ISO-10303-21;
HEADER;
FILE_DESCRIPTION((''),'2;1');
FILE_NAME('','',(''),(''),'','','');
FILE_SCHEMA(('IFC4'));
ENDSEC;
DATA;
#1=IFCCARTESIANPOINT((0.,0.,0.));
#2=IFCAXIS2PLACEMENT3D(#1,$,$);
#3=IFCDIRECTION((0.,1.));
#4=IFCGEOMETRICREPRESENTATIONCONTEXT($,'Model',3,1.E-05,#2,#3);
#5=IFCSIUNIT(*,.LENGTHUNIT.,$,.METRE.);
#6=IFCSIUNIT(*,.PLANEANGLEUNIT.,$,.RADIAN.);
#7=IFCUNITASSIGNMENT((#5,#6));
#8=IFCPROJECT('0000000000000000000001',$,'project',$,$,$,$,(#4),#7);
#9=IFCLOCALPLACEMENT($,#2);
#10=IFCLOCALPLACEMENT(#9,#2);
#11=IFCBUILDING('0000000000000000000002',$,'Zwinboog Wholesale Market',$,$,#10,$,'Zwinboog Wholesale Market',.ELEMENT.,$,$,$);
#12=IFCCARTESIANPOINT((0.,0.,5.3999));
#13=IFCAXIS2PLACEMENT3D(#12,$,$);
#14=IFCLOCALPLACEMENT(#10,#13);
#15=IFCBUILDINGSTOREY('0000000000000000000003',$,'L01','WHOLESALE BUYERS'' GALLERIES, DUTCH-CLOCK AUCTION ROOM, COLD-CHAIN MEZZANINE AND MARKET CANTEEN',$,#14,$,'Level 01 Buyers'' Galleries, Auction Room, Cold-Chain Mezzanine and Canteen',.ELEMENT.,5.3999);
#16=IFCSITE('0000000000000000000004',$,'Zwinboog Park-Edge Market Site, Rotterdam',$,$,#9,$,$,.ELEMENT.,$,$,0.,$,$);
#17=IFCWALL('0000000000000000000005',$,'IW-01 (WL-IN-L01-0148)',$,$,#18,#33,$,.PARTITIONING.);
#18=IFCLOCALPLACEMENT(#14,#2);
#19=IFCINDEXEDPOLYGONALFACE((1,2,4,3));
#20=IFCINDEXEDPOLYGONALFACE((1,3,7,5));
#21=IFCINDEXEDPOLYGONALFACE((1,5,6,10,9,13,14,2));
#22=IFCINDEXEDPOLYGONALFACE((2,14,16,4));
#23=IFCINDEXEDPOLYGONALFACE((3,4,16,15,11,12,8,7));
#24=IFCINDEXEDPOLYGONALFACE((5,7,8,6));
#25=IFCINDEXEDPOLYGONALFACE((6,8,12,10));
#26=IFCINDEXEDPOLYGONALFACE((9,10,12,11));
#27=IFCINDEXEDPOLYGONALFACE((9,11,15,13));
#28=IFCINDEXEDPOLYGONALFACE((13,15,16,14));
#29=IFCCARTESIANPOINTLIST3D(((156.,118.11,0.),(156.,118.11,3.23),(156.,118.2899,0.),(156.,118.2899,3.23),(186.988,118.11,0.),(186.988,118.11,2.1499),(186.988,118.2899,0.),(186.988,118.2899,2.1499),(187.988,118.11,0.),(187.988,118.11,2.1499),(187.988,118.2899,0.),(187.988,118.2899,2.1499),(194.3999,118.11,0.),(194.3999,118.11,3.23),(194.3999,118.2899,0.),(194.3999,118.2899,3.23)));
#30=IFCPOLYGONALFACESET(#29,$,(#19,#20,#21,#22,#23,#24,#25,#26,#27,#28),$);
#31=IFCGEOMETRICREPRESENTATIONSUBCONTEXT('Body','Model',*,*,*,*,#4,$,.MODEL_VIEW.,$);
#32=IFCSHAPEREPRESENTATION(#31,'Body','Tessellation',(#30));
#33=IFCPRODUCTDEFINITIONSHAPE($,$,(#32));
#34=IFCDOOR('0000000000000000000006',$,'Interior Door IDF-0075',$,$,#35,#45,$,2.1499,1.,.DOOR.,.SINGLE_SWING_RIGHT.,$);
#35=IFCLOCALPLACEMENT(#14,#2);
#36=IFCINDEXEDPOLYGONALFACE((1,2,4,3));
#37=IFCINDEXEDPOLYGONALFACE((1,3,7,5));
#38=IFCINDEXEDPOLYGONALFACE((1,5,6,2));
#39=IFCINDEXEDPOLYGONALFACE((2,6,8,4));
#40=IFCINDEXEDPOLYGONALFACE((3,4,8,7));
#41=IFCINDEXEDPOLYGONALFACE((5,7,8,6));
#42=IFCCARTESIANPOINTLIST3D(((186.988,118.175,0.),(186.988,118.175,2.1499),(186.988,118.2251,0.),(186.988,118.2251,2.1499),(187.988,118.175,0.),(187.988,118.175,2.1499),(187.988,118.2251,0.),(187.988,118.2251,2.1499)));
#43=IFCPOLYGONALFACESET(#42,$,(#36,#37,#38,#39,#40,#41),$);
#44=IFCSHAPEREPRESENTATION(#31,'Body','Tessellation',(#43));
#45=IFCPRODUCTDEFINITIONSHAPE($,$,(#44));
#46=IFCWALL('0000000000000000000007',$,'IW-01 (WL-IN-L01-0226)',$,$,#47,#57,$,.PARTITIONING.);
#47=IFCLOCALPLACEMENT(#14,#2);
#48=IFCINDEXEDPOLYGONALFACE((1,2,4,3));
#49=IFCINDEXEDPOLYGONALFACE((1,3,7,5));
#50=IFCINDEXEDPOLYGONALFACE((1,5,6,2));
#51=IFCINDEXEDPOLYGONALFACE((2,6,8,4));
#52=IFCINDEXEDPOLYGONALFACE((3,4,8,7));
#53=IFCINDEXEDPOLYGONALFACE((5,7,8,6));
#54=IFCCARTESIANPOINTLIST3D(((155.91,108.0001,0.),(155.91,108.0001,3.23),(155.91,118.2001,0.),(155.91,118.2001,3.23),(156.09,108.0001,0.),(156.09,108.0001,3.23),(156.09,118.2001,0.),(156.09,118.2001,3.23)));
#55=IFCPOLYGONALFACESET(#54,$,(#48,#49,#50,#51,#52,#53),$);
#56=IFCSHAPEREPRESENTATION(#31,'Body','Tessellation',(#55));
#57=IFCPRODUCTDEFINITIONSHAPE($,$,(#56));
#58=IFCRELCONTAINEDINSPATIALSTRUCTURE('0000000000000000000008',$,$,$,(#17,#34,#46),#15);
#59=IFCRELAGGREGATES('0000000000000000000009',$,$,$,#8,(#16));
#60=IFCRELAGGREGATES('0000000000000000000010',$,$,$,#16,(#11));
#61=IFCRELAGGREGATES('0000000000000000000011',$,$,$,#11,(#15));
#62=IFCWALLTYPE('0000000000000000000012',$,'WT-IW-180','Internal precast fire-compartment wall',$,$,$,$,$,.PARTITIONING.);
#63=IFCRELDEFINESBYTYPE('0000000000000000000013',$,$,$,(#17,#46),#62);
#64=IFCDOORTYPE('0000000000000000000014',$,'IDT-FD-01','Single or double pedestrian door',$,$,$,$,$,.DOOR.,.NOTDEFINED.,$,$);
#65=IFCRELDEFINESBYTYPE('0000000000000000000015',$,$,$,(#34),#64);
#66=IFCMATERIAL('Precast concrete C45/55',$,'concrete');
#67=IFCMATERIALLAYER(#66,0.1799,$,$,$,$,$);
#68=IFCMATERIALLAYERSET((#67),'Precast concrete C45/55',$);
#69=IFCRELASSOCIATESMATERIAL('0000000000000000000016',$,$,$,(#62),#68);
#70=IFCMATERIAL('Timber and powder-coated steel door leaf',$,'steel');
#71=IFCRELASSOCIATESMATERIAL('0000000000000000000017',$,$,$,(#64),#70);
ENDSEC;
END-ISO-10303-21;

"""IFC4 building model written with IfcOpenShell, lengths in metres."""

from ifc_helpers import new_model, si_unit, direction, frame, frame_2d, origin, place, context, subcontext, project, spatial, rectangle, extrude, material, layer, layer_set, type_object, element, fill, save


model = new_model("IFC4")

# Units and contexts
model_context = context("Model", 3, precision=1e-05, world=origin(), true_north=direction((0.0, 1.0)))
body_context = subcontext(model_context, "Body", "Model", "MODEL_VIEW")
ifc_project = project(units=[si_unit("LENGTHUNIT", "METRE"), si_unit("PLANEANGLEUNIT", "RADIAN")], contexts=[model_context])

# Site, building, storey
site_placement = place(None, origin())
site = spatial("IfcSite", under=ifc_project, at=site_placement, Name="Zwinboog Park-Edge Market Site, Rotterdam", CompositionType="ELEMENT", RefElevation=0.0)
building_placement = place(site_placement, origin())
building = spatial("IfcBuilding", under=site, at=building_placement, Name="Zwinboog Wholesale Market", LongName="Zwinboog Wholesale Market", CompositionType="ELEMENT")
storey_placement = place(building_placement, frame((0.0, 0.0, 5.3999)))
storey = spatial("IfcBuildingStorey", under=building, at=storey_placement, Name="L01", Description="WHOLESALE BUYERS' GALLERIES, DUTCH-CLOCK AUCTION ROOM, COLD-CHAIN MEZZANINE AND MARKET CANTEEN", LongName="Level 01 Buyers' Galleries, Auction Room, Cold-Chain Mezzanine and Canteen", CompositionType="ELEMENT", Elevation=5.3999)

# Shared definitions
ifc_material_1 = material(Name="Precast concrete C45/55", Category="concrete")

# Wall, opening, door
ifc_layer_1 = layer(ifc_material_1, 0.1799)
ifc_layer_set_1 = layer_set([ifc_layer_1], Name="Precast concrete C45/55")
wall_type_1 = type_object("IfcWallType", Name="WT-IW-180", Description="Internal precast fire-compartment wall", PredefinedType="PARTITIONING", material=ifc_layer_set_1)
wall_1_placement = place(storey_placement, frame((156.0, 118.2, 0.0), z_axis=(0.0, 0.0, 1.0), x_axis=(1.0, 0.0, 0.0)))
wall_1 = element("IfcWall", 1, at=wall_1_placement, inside=storey, type_object=wall_type_1, Name="IW-01 (WL-IN-L01-0148)", PredefinedType="PARTITIONING", context=body_context, shape_type="SweptSolid", body=[
    extrude(rectangle(XDim=38.3999, YDim=0.1799, at=frame_2d((19.2, 0.0))), origin(), (0.0, 0.0, 1.0), 3.23),
])
opening_1_placement = place(wall_1_placement, frame((30.988, 0.0, 0.0)))
opening_1 = element("IfcOpeningElement", 2, at=opening_1_placement, cuts=wall_1, PredefinedType="OPENING", context=body_context, shape_type="SweptSolid", body=[
    extrude(rectangle(XDim=1.0, YDim=2.1499, at=frame_2d((0.5, 1.075))), frame((0.0, 0.0999, 0.0), z_axis=(0.0, -1.0, 0.0), x_axis=(1.0, 0.0, 0.0)), (0.0, 0.0, 1.0), 0.2),
])
ifc_material_2 = material(Name="Timber and powder-coated steel door leaf", Category="steel")
door_type = type_object("IfcDoorType", Name="IDT-FD-01", Description="Single or double pedestrian door", OperationType="NOTDEFINED", PredefinedType="DOOR", material=ifc_material_2)
door_placement = place(opening_1_placement, frame((1.0, 0.0, 0.0), z_axis=(0.0, 0.0, 1.0), x_axis=(-1.0, 0.0, 0.0)))
door = element("IfcDoor", 3, at=door_placement, inside=storey, type_object=door_type, Name="Interior Door IDF-0075", OperationType="SINGLE_SWING_RIGHT", OverallHeight=2.1499, OverallWidth=1.0, PredefinedType="DOOR", context=body_context, shape_type="SweptSolid", body=[
    extrude(rectangle(XDim=1.0, YDim=2.1499, at=frame_2d((0.5, 1.075))), frame((0.0, 0.0249, 0.0), z_axis=(0.0, -1.0, 0.0), x_axis=(1.0, 0.0, 0.0)), (0.0, 0.0, 1.0), 0.05),
])
fill(opening_1, door)

# Wall
wall_2_placement = place(storey_placement, frame((156.0, 108.0, 0.0), z_axis=(0.0, 0.0, 1.0), x_axis=(0.0, 1.0, 0.0)))
element("IfcWall", 4, at=wall_2_placement, inside=storey, type_object=wall_type_1, Name="IW-01 (WL-IN-L01-0226)", PredefinedType="PARTITIONING", context=body_context, shape_type="SweptSolid", body=[
    extrude(rectangle(XDim=10.2, YDim=0.1799, at=frame_2d((5.1001, 0.0))), origin(), (0.0, 0.0, 1.0), 3.23),
])

save(model, "model.ifc")
